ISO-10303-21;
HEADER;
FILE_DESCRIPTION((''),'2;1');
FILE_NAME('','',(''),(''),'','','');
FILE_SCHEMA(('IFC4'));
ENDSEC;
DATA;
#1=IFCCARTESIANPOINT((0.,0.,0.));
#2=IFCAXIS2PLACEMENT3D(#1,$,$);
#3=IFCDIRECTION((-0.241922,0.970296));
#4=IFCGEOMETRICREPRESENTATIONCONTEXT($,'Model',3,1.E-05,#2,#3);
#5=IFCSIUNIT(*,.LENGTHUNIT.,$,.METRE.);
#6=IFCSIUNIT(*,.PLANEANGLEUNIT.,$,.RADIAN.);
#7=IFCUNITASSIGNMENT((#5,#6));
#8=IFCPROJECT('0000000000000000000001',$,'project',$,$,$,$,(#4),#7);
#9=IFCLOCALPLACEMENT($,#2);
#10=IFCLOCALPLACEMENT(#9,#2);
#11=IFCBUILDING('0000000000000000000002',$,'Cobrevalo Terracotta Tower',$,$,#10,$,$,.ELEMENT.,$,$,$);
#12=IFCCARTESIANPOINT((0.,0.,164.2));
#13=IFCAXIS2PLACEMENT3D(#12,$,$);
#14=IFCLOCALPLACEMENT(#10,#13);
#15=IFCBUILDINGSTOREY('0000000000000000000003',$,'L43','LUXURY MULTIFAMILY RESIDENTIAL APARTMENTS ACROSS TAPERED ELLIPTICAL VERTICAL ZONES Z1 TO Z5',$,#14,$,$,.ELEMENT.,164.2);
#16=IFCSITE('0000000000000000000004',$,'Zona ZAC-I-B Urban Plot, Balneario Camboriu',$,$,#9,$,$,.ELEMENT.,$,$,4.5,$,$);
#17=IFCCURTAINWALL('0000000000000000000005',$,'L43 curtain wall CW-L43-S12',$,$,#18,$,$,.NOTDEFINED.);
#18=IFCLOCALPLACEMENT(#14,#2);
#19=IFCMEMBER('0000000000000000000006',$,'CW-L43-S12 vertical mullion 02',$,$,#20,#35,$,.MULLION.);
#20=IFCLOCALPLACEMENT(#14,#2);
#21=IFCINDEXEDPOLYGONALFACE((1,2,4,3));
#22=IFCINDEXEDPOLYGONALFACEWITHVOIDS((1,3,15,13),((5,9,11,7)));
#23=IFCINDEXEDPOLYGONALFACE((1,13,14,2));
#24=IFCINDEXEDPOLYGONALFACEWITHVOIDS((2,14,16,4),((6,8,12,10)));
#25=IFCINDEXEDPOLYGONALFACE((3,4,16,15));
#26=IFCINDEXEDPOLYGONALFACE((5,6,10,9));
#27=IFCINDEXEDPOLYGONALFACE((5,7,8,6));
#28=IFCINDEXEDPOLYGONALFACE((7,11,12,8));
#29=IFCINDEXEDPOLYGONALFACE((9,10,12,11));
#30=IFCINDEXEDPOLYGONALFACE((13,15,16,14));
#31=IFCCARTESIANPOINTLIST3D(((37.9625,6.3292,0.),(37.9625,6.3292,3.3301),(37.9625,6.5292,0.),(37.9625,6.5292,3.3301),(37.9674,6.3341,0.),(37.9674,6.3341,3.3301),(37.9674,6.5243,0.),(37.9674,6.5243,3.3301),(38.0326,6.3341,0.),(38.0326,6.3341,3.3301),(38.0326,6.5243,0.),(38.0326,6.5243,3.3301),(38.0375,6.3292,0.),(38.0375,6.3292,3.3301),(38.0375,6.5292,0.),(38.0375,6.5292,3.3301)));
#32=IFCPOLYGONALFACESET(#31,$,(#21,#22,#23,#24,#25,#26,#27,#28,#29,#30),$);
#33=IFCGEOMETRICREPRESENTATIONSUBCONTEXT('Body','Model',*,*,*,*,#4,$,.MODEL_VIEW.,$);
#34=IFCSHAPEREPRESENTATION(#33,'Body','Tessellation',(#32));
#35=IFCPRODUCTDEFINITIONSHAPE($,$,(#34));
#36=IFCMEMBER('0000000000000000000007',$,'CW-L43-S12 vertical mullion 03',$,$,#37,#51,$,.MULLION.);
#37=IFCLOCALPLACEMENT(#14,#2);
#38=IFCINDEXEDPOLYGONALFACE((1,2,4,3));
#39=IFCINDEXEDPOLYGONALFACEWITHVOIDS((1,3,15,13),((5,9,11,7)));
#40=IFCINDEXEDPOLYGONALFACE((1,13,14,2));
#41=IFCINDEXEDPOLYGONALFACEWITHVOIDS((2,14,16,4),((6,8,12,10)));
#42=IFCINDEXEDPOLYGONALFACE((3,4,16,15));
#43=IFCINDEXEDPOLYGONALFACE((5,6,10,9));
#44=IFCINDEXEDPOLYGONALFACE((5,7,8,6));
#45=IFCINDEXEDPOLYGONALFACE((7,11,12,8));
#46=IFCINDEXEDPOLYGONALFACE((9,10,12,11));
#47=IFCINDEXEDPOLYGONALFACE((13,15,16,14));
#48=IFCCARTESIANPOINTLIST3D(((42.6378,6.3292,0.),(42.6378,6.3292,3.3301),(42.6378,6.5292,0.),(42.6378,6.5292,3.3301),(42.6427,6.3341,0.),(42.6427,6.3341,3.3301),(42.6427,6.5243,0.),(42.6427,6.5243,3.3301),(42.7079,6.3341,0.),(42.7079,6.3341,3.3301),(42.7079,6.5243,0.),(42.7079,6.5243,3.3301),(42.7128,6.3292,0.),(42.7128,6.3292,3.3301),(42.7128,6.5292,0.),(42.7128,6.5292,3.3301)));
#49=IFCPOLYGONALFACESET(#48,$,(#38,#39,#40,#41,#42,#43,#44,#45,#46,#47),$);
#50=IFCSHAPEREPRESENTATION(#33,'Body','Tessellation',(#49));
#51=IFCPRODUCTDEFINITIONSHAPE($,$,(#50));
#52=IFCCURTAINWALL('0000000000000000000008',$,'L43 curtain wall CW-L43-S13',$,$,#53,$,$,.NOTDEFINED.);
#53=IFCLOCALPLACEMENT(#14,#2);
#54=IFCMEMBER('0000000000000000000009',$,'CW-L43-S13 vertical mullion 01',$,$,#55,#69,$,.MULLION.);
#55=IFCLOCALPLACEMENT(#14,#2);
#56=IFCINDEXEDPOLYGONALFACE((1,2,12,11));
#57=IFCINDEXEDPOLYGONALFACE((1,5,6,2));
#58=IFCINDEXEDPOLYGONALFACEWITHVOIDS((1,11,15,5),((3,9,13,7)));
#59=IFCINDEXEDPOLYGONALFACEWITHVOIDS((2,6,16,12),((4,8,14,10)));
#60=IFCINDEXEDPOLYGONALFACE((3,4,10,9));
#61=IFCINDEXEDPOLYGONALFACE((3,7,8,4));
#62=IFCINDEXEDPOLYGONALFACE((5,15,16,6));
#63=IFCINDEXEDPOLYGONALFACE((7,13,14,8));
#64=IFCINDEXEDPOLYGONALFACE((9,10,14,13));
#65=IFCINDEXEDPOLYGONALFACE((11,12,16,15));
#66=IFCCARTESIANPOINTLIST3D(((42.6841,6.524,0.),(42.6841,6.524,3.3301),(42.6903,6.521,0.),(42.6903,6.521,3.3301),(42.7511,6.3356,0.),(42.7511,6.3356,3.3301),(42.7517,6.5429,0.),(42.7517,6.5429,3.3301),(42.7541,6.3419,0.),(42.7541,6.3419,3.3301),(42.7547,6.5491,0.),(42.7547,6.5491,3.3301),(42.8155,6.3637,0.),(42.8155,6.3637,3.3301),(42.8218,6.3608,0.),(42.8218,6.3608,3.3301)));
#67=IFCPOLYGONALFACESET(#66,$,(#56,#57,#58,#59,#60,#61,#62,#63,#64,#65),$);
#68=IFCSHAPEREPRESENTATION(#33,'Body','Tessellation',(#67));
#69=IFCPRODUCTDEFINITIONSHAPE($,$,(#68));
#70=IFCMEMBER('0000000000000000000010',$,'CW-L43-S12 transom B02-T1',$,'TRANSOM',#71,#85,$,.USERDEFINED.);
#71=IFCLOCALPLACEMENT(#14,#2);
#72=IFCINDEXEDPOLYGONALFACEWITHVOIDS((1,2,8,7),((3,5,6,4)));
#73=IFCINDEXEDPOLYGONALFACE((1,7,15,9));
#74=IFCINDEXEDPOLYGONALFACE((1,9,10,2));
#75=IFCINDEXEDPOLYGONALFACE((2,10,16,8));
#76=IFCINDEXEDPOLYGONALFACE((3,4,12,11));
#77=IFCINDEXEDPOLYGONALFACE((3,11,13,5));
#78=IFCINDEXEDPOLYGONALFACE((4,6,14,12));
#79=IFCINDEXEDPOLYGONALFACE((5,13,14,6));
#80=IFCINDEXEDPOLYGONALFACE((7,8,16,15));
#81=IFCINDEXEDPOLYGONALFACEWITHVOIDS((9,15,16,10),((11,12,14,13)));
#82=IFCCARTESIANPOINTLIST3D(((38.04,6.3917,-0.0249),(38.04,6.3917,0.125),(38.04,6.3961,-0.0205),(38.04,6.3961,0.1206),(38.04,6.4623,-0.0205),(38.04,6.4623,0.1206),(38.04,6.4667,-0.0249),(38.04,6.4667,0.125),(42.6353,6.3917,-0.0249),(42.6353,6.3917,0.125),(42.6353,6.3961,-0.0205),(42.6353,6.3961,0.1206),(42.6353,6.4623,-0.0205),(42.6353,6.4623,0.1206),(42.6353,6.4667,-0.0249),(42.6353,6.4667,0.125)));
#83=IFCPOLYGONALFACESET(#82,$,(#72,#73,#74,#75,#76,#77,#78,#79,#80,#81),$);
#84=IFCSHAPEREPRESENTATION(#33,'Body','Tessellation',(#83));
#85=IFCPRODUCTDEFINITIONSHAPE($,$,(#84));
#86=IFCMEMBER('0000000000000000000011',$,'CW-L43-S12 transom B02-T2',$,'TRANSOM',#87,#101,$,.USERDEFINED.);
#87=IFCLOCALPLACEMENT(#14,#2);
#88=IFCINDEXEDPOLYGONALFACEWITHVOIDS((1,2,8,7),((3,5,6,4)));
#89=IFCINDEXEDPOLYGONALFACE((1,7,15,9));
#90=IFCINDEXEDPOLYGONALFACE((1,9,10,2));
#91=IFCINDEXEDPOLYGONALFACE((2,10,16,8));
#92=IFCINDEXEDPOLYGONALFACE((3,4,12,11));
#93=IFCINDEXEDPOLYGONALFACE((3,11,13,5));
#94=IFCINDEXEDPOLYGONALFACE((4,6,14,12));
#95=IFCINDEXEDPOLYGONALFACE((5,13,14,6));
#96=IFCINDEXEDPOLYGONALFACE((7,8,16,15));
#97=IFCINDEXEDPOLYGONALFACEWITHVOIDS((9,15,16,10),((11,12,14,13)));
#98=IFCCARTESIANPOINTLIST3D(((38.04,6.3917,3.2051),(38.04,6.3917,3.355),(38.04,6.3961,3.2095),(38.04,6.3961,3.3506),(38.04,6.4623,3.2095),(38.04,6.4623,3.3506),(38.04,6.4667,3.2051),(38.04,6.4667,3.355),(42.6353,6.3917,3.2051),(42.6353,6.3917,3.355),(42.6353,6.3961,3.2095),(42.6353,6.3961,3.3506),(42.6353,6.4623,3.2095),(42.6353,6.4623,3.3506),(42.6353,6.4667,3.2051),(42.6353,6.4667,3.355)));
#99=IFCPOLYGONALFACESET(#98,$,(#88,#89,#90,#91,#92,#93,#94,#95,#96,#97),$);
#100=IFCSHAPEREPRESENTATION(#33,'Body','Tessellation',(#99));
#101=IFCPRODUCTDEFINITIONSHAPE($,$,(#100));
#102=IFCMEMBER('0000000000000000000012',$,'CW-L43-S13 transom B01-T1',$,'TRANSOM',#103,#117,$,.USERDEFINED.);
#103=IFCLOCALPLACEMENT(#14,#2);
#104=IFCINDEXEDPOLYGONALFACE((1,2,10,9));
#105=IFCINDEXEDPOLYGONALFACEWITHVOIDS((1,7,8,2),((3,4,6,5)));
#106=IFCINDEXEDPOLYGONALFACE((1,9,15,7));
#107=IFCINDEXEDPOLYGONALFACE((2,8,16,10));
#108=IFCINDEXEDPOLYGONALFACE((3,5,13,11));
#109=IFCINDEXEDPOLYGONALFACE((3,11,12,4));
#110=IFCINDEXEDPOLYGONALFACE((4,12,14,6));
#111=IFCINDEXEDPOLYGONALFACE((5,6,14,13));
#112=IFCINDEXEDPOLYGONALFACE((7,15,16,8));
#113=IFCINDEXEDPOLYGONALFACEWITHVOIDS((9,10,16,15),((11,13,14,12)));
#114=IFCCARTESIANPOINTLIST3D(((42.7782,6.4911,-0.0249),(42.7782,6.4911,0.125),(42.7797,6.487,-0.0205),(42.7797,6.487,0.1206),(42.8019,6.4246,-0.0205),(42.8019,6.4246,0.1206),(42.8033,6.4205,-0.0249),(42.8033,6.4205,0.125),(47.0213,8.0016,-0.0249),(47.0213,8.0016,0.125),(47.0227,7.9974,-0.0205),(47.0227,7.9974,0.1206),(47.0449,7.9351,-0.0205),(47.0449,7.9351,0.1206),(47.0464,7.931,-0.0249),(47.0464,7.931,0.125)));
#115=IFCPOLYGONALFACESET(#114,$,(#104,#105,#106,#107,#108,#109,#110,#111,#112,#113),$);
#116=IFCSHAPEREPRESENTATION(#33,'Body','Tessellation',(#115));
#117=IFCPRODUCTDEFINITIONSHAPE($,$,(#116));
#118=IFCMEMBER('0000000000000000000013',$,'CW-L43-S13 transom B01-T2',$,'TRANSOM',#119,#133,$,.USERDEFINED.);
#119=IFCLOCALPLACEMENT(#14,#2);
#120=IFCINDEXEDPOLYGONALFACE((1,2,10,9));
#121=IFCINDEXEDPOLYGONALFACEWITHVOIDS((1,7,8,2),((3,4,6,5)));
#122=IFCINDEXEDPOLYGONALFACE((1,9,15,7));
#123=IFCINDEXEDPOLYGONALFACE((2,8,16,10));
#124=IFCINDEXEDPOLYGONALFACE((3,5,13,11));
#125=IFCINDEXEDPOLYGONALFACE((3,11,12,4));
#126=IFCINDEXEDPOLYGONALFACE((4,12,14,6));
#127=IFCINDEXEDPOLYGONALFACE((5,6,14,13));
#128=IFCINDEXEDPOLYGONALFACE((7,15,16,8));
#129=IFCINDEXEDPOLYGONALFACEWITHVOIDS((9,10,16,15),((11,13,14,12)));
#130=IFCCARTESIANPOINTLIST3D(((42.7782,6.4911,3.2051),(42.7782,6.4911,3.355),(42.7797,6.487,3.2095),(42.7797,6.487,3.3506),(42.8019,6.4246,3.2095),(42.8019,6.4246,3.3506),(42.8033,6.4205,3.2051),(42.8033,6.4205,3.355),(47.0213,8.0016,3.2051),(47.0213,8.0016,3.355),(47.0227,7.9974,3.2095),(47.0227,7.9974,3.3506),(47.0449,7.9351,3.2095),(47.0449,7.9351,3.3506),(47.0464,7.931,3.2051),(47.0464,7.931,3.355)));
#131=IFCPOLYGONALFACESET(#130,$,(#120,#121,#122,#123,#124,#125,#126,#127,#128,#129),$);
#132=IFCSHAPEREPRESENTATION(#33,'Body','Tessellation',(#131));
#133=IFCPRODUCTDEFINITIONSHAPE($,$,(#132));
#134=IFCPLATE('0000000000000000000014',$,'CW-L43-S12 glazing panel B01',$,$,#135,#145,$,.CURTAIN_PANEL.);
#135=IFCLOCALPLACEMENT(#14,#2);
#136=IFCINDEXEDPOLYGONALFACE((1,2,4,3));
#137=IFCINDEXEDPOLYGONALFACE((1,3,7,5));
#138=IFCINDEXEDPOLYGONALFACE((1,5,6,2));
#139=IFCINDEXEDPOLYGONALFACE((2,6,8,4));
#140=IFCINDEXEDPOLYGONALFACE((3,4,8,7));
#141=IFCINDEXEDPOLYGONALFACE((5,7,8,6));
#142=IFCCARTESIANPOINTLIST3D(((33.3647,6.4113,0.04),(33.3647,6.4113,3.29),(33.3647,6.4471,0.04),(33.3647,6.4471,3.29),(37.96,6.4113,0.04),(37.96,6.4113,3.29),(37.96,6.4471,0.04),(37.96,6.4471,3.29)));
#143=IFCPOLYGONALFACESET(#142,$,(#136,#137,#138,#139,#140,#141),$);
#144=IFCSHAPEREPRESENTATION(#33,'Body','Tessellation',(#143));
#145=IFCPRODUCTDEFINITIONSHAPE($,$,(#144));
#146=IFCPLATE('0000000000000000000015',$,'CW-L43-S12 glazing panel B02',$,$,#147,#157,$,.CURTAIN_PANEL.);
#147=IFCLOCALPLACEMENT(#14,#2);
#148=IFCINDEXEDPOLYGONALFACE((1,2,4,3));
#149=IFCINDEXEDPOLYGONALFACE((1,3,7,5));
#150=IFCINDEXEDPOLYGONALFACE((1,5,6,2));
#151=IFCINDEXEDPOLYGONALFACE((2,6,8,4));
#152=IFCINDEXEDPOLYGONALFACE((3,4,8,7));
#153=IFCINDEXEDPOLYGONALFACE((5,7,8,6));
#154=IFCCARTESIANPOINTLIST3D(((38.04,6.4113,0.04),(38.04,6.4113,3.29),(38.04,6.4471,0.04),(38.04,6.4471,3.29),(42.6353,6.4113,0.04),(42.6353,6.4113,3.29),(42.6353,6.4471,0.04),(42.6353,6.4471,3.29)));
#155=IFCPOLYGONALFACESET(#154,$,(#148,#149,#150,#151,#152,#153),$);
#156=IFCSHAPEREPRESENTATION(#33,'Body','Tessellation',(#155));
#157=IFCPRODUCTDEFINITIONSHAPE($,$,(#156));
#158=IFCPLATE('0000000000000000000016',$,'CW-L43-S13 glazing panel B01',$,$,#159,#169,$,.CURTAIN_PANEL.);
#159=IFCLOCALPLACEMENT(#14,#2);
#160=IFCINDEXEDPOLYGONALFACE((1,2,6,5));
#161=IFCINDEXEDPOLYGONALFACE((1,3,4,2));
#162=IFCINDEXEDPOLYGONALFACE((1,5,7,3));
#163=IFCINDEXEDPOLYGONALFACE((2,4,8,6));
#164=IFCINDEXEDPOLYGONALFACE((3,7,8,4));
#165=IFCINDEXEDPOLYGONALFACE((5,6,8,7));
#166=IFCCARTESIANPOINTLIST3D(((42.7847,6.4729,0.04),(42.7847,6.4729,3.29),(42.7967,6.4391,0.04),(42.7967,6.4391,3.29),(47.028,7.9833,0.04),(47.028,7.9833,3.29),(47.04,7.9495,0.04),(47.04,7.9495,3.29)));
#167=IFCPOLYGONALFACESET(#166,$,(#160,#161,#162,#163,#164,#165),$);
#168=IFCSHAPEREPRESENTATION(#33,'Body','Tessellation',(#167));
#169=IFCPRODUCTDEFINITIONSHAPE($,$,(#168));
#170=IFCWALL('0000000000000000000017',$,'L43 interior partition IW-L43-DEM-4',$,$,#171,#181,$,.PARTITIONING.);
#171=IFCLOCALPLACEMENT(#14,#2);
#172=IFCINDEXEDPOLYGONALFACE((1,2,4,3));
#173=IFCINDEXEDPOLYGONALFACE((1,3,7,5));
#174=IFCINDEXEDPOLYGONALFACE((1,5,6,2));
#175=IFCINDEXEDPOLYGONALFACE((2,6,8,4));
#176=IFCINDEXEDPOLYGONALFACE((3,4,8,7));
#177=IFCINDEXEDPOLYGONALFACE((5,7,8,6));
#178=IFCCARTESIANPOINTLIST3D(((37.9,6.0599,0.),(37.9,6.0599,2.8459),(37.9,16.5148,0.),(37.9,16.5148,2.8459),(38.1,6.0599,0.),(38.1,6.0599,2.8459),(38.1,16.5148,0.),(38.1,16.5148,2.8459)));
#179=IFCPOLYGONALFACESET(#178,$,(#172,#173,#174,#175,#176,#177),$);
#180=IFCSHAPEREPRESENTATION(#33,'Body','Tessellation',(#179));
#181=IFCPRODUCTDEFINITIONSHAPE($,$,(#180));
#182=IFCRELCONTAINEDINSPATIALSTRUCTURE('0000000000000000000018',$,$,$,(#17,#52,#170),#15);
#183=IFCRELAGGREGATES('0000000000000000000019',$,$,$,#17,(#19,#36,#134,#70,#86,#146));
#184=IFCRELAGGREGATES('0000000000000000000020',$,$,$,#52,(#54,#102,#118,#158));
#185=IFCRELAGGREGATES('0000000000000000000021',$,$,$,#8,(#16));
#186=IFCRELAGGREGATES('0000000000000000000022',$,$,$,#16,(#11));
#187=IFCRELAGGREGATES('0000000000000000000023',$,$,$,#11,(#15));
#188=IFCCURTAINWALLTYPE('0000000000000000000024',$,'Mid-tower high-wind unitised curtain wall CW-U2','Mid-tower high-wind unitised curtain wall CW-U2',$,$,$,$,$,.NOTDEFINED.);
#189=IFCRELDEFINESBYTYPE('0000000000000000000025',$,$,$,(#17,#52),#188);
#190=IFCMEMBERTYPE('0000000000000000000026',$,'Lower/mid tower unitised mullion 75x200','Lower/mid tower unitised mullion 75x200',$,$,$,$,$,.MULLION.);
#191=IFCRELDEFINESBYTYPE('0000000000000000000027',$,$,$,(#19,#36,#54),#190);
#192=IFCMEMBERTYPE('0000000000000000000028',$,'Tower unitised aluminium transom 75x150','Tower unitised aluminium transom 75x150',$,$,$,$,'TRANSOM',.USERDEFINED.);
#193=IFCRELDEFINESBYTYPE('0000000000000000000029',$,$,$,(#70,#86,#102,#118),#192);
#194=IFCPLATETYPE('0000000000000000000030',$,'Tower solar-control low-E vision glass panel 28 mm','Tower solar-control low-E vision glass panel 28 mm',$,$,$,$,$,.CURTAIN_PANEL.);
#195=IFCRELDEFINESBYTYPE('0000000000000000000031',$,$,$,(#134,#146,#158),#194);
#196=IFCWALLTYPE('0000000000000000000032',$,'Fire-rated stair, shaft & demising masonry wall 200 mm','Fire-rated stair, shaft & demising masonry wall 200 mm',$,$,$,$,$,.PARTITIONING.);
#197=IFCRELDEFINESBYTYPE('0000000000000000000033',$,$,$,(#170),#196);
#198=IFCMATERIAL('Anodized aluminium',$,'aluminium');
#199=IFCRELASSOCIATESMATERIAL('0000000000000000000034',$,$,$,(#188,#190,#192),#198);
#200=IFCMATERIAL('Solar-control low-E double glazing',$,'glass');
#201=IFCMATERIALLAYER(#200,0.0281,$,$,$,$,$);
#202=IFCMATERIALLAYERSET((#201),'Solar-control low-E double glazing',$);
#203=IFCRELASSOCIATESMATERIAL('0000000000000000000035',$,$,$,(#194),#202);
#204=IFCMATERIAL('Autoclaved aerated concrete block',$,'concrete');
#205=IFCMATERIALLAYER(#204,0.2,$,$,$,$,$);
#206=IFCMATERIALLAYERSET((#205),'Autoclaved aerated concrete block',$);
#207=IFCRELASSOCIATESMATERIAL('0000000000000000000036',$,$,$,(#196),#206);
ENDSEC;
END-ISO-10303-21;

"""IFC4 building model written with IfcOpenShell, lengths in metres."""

from ifc_helpers import new_model, si_unit, direction, frame, frame_2d, origin, origin_2d, place, context, subcontext, project, spatial, rectangle, hollow_rectangle, extrude, source, transform, mapped, material, layer, layer_set, material_profile, profile_set, type_object, element, aggregate, save


model = new_model("IFC4")

# Units and contexts
model_context = context("Model", 3, precision=1e-05, world=origin(), true_north=direction((-0.241922, 0.970296)))
body_context = subcontext(model_context, "Body", "Model", "MODEL_VIEW")
ifc_project = project(units=[si_unit("LENGTHUNIT", "METRE"), si_unit("PLANEANGLEUNIT", "RADIAN")], contexts=[model_context])

# Site, building, storey
site_placement = place(None, origin())
site = spatial("IfcSite", under=ifc_project, at=site_placement, Name="Zona ZAC-I-B Urban Plot, Balneario Camboriu", CompositionType="ELEMENT", RefElevation=4.5)
building_placement = place(site_placement, origin())
building = spatial("IfcBuilding", under=site, at=building_placement, Name="Cobrevalo Terracotta Tower", CompositionType="ELEMENT")
storey_placement = place(building_placement, frame((0.0, 0.0, 164.2)))
storey = spatial("IfcBuildingStorey", under=building, at=storey_placement, Name="L43", Description="LUXURY MULTIFAMILY RESIDENTIAL APARTMENTS ACROSS TAPERED ELLIPTICAL VERTICAL ZONES Z1 TO Z5", CompositionType="ELEMENT", Elevation=164.2)

# Curtain wall, members
ifc_material_1 = material(Name="Anodized aluminium", Category="aluminium")
curtain_wall_type = type_object("IfcCurtainWallType", Name="Mid-tower high-wind unitised curtain wall CW-U2", Description="Mid-tower high-wind unitised curtain wall CW-U2", PredefinedType="NOTDEFINED", material=ifc_material_1)
curtain_wall_1_placement = place(storey_placement, origin())
curtain_wall_1 = element("IfcCurtainWall", 1, at=curtain_wall_1_placement, inside=storey, type_object=curtain_wall_type, Name="L43 curtain wall CW-L43-S12", PredefinedType="NOTDEFINED")
ifc_material_profile_1 = material_profile(ifc_material_1, hollow_rectangle(XDim=0.075, YDim=0.2, WallThickness=0.0049, at=origin_2d()), Name="CWM 75x200")
ifc_profile_set_1 = profile_set([ifc_material_profile_1], Name="Anodized aluminium")
member_type_1 = type_object("IfcMemberType", Name="Lower/mid tower unitised mullion 75x200", Description="Lower/mid tower unitised mullion 75x200", PredefinedType="MULLION", material=ifc_profile_set_1)
shared_shape_1 = source(origin(), body_context, "Body", "SweptSolid", [
    extrude(hollow_rectangle(XDim=0.075, YDim=0.2, WallThickness=0.0049, at=origin_2d()), origin(), (0.0, 0.0, 1.0), 3.3301),
])
member_1_placement = place(storey_placement, frame((38.0, 6.4292, 0.0), z_axis=(0.0, 0.0, 1.0), x_axis=(1.0, 0.0, 0.0)))
member_1 = element("IfcMember", 2, at=member_1_placement, type_object=member_type_1, Name="CW-L43-S12 vertical mullion 02", PredefinedType="MULLION", context=body_context, shape_type="MappedRepresentation", body=[
    mapped(shared_shape_1, transform((0.0, 0.0, 0.0), scale=1.0)),
])
member_2_placement = place(storey_placement, frame((42.6753, 6.4292, 0.0), z_axis=(0.0, 0.0, 1.0), x_axis=(1.0, 0.0, 0.0)))
member_2 = element("IfcMember", 3, at=member_2_placement, type_object=member_type_1, Name="CW-L43-S12 vertical mullion 03", PredefinedType="MULLION", context=body_context, shape_type="MappedRepresentation", body=[
    mapped(shared_shape_1, transform((0.0, 0.0, 0.0), scale=1.0)),
])

# Curtain wall, member
curtain_wall_2_placement = place(storey_placement, origin())
curtain_wall_2 = element("IfcCurtainWall", 4, at=curtain_wall_2_placement, inside=storey, type_object=curtain_wall_type, Name="L43 curtain wall CW-L43-S13", PredefinedType="NOTDEFINED")
member_3_placement = place(storey_placement, frame((42.7529, 6.4424, 0.0), z_axis=(0.0, 0.0, 1.0), x_axis=(0.942098, 0.335336, 0.0)))
member_3 = element("IfcMember", 5, at=member_3_placement, type_object=member_type_1, Name="CW-L43-S13 vertical mullion 01", PredefinedType="MULLION", context=body_context, shape_type="MappedRepresentation", body=[
    mapped(shared_shape_1, transform((0.0, 0.0, 0.0), scale=1.0)),
])

# Members
ifc_material_profile_2 = material_profile(ifc_material_1, hollow_rectangle(XDim=0.075, YDim=0.1499, WallThickness=0.0044, at=origin_2d()), Name="CWT 75x150")
ifc_profile_set_2 = profile_set([ifc_material_profile_2], Name="Anodized aluminium")
member_type_2 = type_object("IfcMemberType", Name="Tower unitised aluminium transom 75x150", Description="Tower unitised aluminium transom 75x150", ElementType="TRANSOM", PredefinedType="USERDEFINED", material=ifc_profile_set_2)
shared_shape_2 = source(origin(), body_context, "Body", "SweptSolid", [
    extrude(hollow_rectangle(XDim=0.075, YDim=0.1499, WallThickness=0.0044, at=origin_2d()), origin(), (0.0, 0.0, 1.0), 4.5952),
])
member_4_placement = place(storey_placement, frame((38.04, 6.4292, 0.05), z_axis=(1.0, 0.0, 0.0), x_axis=(0.0, 1.0, 0.0)))
member_4 = element("IfcMember", 6, at=member_4_placement, type_object=member_type_2, Name="CW-L43-S12 transom B02-T1", ObjectType="TRANSOM", PredefinedType="USERDEFINED", context=body_context, shape_type="MappedRepresentation", body=[
    mapped(shared_shape_2, transform((0.0, 0.0, 0.0), scale=1.0)),
])
member_5_placement = place(storey_placement, frame((38.04, 6.4292, 3.28), z_axis=(1.0, 0.0, 0.0), x_axis=(0.0, 1.0, 0.0)))
member_5 = element("IfcMember", 7, at=member_5_placement, type_object=member_type_2, Name="CW-L43-S12 transom B02-T2", ObjectType="TRANSOM", PredefinedType="USERDEFINED", context=body_context, shape_type="MappedRepresentation", body=[
    mapped(shared_shape_2, transform((0.0, 0.0, 0.0), scale=1.0)),
])
shared_shape_3 = source(origin(), body_context, "Body", "SweptSolid", [
    extrude(hollow_rectangle(XDim=0.075, YDim=0.1499, WallThickness=0.0044, at=origin_2d()), origin(), (0.0, 0.0, 1.0), 4.5039),
])
member_6_placement = place(storey_placement, frame((42.7908, 6.4558, 0.05), z_axis=(0.942087, 0.335368, 0.0), x_axis=(-0.335368, 0.942087, 0.0)))
member_6 = element("IfcMember", 8, at=member_6_placement, type_object=member_type_2, Name="CW-L43-S13 transom B01-T1", ObjectType="TRANSOM", PredefinedType="USERDEFINED", context=body_context, shape_type="MappedRepresentation", body=[
    mapped(shared_shape_3, transform((0.0, 0.0, 0.0), scale=1.0)),
])
member_7_placement = place(storey_placement, frame((42.7908, 6.4558, 3.28), z_axis=(0.942087, 0.335368, 0.0), x_axis=(-0.335368, 0.942087, 0.0)))
member_7 = element("IfcMember", 9, at=member_7_placement, type_object=member_type_2, Name="CW-L43-S13 transom B01-T2", ObjectType="TRANSOM", PredefinedType="USERDEFINED", context=body_context, shape_type="MappedRepresentation", body=[
    mapped(shared_shape_3, transform((0.0, 0.0, 0.0), scale=1.0)),
])

# Plates
ifc_material_2 = material(Name="Solar-control low-E double glazing", Category="glass")
ifc_layer_1 = layer(ifc_material_2, 0.0281)
ifc_layer_set_1 = layer_set([ifc_layer_1], Name="Solar-control low-E double glazing")
plate_type = type_object("IfcPlateType", Name="Tower solar-control low-E vision glass panel 28 mm", Description="Tower solar-control low-E vision glass panel 28 mm", PredefinedType="CURTAIN_PANEL", material=ifc_layer_set_1)
shared_shape_4 = source(origin(), body_context, "Body", "SweptSolid", [
    extrude(rectangle(XDim=4.5952, YDim=0.0359, at=origin_2d()), origin(), (0.0, 0.0, 1.0), 3.25),
])
plate_1_placement = place(storey_placement, frame((35.6624, 6.4292, 0.04), z_axis=(0.0, 0.0, 1.0), x_axis=(1.0, 0.0, 0.0)))
plate_1 = element("IfcPlate", 10, at=plate_1_placement, type_object=plate_type, Name="CW-L43-S12 glazing panel B01", PredefinedType="CURTAIN_PANEL", context=body_context, shape_type="MappedRepresentation", body=[
    mapped(shared_shape_4, transform((0.0, 0.0, 0.0), scale=1.0)),
])
plate_2_placement = place(storey_placement, frame((40.3376, 6.4292, 0.04), z_axis=(0.0, 0.0, 1.0), x_axis=(1.0, 0.0, 0.0)))
plate_2 = element("IfcPlate", 11, at=plate_2_placement, type_object=plate_type, Name="CW-L43-S12 glazing panel B02", PredefinedType="CURTAIN_PANEL", context=body_context, shape_type="MappedRepresentation", body=[
    mapped(shared_shape_4, transform((0.0, 0.0, 0.0), scale=1.0)),
])
aggregate(curtain_wall_1, [member_1, member_2, plate_1, member_4, member_5, plate_2])
shared_shape_5 = source(origin(), body_context, "Body", "SweptSolid", [
    extrude(rectangle(XDim=4.5042, YDim=0.0359, at=origin_2d()), origin(), (0.0, 0.0, 1.0), 3.25),
])
plate_3_placement = place(storey_placement, frame((44.9124, 7.2112, 0.04), z_axis=(0.0, 0.0, 1.0), x_axis=(0.942098, 0.335336, 0.0)))
plate_3 = element("IfcPlate", 12, at=plate_3_placement, type_object=plate_type, Name="CW-L43-S13 glazing panel B01", PredefinedType="CURTAIN_PANEL", context=body_context, shape_type="MappedRepresentation", body=[
    mapped(shared_shape_5, transform((0.0, 0.0, 0.0), scale=1.0)),
])
aggregate(curtain_wall_2, [member_3, member_6, member_7, plate_3])

# Wall
ifc_material_3 = material(Name="Autoclaved aerated concrete block", Category="concrete")
ifc_layer_2 = layer(ifc_material_3, 0.2)
ifc_layer_set_2 = layer_set([ifc_layer_2], Name="Autoclaved aerated concrete block")
wall_type_1 = type_object("IfcWallType", Name="Fire-rated stair, shaft & demising masonry wall 200 mm", Description="Fire-rated stair, shaft & demising masonry wall 200 mm", PredefinedType="PARTITIONING", material=ifc_layer_set_2)
wall_1_placement = place(storey_placement, frame((38.0, 16.5149, 0.0), z_axis=(0.0, 0.0, 1.0), x_axis=(0.0, -1.0, 0.0)))
element("IfcWall", 13, at=wall_1_placement, inside=storey, type_object=wall_type_1, Name="L43 interior partition IW-L43-DEM-4", PredefinedType="PARTITIONING", context=body_context, shape_type="SweptSolid", body=[
    extrude(rectangle(XDim=10.4548, YDim=0.2, at=frame_2d((5.2275, 0.0))), origin(), (0.0, 0.0, 1.0), 2.8459),
])

save(model, "model.ifc")
